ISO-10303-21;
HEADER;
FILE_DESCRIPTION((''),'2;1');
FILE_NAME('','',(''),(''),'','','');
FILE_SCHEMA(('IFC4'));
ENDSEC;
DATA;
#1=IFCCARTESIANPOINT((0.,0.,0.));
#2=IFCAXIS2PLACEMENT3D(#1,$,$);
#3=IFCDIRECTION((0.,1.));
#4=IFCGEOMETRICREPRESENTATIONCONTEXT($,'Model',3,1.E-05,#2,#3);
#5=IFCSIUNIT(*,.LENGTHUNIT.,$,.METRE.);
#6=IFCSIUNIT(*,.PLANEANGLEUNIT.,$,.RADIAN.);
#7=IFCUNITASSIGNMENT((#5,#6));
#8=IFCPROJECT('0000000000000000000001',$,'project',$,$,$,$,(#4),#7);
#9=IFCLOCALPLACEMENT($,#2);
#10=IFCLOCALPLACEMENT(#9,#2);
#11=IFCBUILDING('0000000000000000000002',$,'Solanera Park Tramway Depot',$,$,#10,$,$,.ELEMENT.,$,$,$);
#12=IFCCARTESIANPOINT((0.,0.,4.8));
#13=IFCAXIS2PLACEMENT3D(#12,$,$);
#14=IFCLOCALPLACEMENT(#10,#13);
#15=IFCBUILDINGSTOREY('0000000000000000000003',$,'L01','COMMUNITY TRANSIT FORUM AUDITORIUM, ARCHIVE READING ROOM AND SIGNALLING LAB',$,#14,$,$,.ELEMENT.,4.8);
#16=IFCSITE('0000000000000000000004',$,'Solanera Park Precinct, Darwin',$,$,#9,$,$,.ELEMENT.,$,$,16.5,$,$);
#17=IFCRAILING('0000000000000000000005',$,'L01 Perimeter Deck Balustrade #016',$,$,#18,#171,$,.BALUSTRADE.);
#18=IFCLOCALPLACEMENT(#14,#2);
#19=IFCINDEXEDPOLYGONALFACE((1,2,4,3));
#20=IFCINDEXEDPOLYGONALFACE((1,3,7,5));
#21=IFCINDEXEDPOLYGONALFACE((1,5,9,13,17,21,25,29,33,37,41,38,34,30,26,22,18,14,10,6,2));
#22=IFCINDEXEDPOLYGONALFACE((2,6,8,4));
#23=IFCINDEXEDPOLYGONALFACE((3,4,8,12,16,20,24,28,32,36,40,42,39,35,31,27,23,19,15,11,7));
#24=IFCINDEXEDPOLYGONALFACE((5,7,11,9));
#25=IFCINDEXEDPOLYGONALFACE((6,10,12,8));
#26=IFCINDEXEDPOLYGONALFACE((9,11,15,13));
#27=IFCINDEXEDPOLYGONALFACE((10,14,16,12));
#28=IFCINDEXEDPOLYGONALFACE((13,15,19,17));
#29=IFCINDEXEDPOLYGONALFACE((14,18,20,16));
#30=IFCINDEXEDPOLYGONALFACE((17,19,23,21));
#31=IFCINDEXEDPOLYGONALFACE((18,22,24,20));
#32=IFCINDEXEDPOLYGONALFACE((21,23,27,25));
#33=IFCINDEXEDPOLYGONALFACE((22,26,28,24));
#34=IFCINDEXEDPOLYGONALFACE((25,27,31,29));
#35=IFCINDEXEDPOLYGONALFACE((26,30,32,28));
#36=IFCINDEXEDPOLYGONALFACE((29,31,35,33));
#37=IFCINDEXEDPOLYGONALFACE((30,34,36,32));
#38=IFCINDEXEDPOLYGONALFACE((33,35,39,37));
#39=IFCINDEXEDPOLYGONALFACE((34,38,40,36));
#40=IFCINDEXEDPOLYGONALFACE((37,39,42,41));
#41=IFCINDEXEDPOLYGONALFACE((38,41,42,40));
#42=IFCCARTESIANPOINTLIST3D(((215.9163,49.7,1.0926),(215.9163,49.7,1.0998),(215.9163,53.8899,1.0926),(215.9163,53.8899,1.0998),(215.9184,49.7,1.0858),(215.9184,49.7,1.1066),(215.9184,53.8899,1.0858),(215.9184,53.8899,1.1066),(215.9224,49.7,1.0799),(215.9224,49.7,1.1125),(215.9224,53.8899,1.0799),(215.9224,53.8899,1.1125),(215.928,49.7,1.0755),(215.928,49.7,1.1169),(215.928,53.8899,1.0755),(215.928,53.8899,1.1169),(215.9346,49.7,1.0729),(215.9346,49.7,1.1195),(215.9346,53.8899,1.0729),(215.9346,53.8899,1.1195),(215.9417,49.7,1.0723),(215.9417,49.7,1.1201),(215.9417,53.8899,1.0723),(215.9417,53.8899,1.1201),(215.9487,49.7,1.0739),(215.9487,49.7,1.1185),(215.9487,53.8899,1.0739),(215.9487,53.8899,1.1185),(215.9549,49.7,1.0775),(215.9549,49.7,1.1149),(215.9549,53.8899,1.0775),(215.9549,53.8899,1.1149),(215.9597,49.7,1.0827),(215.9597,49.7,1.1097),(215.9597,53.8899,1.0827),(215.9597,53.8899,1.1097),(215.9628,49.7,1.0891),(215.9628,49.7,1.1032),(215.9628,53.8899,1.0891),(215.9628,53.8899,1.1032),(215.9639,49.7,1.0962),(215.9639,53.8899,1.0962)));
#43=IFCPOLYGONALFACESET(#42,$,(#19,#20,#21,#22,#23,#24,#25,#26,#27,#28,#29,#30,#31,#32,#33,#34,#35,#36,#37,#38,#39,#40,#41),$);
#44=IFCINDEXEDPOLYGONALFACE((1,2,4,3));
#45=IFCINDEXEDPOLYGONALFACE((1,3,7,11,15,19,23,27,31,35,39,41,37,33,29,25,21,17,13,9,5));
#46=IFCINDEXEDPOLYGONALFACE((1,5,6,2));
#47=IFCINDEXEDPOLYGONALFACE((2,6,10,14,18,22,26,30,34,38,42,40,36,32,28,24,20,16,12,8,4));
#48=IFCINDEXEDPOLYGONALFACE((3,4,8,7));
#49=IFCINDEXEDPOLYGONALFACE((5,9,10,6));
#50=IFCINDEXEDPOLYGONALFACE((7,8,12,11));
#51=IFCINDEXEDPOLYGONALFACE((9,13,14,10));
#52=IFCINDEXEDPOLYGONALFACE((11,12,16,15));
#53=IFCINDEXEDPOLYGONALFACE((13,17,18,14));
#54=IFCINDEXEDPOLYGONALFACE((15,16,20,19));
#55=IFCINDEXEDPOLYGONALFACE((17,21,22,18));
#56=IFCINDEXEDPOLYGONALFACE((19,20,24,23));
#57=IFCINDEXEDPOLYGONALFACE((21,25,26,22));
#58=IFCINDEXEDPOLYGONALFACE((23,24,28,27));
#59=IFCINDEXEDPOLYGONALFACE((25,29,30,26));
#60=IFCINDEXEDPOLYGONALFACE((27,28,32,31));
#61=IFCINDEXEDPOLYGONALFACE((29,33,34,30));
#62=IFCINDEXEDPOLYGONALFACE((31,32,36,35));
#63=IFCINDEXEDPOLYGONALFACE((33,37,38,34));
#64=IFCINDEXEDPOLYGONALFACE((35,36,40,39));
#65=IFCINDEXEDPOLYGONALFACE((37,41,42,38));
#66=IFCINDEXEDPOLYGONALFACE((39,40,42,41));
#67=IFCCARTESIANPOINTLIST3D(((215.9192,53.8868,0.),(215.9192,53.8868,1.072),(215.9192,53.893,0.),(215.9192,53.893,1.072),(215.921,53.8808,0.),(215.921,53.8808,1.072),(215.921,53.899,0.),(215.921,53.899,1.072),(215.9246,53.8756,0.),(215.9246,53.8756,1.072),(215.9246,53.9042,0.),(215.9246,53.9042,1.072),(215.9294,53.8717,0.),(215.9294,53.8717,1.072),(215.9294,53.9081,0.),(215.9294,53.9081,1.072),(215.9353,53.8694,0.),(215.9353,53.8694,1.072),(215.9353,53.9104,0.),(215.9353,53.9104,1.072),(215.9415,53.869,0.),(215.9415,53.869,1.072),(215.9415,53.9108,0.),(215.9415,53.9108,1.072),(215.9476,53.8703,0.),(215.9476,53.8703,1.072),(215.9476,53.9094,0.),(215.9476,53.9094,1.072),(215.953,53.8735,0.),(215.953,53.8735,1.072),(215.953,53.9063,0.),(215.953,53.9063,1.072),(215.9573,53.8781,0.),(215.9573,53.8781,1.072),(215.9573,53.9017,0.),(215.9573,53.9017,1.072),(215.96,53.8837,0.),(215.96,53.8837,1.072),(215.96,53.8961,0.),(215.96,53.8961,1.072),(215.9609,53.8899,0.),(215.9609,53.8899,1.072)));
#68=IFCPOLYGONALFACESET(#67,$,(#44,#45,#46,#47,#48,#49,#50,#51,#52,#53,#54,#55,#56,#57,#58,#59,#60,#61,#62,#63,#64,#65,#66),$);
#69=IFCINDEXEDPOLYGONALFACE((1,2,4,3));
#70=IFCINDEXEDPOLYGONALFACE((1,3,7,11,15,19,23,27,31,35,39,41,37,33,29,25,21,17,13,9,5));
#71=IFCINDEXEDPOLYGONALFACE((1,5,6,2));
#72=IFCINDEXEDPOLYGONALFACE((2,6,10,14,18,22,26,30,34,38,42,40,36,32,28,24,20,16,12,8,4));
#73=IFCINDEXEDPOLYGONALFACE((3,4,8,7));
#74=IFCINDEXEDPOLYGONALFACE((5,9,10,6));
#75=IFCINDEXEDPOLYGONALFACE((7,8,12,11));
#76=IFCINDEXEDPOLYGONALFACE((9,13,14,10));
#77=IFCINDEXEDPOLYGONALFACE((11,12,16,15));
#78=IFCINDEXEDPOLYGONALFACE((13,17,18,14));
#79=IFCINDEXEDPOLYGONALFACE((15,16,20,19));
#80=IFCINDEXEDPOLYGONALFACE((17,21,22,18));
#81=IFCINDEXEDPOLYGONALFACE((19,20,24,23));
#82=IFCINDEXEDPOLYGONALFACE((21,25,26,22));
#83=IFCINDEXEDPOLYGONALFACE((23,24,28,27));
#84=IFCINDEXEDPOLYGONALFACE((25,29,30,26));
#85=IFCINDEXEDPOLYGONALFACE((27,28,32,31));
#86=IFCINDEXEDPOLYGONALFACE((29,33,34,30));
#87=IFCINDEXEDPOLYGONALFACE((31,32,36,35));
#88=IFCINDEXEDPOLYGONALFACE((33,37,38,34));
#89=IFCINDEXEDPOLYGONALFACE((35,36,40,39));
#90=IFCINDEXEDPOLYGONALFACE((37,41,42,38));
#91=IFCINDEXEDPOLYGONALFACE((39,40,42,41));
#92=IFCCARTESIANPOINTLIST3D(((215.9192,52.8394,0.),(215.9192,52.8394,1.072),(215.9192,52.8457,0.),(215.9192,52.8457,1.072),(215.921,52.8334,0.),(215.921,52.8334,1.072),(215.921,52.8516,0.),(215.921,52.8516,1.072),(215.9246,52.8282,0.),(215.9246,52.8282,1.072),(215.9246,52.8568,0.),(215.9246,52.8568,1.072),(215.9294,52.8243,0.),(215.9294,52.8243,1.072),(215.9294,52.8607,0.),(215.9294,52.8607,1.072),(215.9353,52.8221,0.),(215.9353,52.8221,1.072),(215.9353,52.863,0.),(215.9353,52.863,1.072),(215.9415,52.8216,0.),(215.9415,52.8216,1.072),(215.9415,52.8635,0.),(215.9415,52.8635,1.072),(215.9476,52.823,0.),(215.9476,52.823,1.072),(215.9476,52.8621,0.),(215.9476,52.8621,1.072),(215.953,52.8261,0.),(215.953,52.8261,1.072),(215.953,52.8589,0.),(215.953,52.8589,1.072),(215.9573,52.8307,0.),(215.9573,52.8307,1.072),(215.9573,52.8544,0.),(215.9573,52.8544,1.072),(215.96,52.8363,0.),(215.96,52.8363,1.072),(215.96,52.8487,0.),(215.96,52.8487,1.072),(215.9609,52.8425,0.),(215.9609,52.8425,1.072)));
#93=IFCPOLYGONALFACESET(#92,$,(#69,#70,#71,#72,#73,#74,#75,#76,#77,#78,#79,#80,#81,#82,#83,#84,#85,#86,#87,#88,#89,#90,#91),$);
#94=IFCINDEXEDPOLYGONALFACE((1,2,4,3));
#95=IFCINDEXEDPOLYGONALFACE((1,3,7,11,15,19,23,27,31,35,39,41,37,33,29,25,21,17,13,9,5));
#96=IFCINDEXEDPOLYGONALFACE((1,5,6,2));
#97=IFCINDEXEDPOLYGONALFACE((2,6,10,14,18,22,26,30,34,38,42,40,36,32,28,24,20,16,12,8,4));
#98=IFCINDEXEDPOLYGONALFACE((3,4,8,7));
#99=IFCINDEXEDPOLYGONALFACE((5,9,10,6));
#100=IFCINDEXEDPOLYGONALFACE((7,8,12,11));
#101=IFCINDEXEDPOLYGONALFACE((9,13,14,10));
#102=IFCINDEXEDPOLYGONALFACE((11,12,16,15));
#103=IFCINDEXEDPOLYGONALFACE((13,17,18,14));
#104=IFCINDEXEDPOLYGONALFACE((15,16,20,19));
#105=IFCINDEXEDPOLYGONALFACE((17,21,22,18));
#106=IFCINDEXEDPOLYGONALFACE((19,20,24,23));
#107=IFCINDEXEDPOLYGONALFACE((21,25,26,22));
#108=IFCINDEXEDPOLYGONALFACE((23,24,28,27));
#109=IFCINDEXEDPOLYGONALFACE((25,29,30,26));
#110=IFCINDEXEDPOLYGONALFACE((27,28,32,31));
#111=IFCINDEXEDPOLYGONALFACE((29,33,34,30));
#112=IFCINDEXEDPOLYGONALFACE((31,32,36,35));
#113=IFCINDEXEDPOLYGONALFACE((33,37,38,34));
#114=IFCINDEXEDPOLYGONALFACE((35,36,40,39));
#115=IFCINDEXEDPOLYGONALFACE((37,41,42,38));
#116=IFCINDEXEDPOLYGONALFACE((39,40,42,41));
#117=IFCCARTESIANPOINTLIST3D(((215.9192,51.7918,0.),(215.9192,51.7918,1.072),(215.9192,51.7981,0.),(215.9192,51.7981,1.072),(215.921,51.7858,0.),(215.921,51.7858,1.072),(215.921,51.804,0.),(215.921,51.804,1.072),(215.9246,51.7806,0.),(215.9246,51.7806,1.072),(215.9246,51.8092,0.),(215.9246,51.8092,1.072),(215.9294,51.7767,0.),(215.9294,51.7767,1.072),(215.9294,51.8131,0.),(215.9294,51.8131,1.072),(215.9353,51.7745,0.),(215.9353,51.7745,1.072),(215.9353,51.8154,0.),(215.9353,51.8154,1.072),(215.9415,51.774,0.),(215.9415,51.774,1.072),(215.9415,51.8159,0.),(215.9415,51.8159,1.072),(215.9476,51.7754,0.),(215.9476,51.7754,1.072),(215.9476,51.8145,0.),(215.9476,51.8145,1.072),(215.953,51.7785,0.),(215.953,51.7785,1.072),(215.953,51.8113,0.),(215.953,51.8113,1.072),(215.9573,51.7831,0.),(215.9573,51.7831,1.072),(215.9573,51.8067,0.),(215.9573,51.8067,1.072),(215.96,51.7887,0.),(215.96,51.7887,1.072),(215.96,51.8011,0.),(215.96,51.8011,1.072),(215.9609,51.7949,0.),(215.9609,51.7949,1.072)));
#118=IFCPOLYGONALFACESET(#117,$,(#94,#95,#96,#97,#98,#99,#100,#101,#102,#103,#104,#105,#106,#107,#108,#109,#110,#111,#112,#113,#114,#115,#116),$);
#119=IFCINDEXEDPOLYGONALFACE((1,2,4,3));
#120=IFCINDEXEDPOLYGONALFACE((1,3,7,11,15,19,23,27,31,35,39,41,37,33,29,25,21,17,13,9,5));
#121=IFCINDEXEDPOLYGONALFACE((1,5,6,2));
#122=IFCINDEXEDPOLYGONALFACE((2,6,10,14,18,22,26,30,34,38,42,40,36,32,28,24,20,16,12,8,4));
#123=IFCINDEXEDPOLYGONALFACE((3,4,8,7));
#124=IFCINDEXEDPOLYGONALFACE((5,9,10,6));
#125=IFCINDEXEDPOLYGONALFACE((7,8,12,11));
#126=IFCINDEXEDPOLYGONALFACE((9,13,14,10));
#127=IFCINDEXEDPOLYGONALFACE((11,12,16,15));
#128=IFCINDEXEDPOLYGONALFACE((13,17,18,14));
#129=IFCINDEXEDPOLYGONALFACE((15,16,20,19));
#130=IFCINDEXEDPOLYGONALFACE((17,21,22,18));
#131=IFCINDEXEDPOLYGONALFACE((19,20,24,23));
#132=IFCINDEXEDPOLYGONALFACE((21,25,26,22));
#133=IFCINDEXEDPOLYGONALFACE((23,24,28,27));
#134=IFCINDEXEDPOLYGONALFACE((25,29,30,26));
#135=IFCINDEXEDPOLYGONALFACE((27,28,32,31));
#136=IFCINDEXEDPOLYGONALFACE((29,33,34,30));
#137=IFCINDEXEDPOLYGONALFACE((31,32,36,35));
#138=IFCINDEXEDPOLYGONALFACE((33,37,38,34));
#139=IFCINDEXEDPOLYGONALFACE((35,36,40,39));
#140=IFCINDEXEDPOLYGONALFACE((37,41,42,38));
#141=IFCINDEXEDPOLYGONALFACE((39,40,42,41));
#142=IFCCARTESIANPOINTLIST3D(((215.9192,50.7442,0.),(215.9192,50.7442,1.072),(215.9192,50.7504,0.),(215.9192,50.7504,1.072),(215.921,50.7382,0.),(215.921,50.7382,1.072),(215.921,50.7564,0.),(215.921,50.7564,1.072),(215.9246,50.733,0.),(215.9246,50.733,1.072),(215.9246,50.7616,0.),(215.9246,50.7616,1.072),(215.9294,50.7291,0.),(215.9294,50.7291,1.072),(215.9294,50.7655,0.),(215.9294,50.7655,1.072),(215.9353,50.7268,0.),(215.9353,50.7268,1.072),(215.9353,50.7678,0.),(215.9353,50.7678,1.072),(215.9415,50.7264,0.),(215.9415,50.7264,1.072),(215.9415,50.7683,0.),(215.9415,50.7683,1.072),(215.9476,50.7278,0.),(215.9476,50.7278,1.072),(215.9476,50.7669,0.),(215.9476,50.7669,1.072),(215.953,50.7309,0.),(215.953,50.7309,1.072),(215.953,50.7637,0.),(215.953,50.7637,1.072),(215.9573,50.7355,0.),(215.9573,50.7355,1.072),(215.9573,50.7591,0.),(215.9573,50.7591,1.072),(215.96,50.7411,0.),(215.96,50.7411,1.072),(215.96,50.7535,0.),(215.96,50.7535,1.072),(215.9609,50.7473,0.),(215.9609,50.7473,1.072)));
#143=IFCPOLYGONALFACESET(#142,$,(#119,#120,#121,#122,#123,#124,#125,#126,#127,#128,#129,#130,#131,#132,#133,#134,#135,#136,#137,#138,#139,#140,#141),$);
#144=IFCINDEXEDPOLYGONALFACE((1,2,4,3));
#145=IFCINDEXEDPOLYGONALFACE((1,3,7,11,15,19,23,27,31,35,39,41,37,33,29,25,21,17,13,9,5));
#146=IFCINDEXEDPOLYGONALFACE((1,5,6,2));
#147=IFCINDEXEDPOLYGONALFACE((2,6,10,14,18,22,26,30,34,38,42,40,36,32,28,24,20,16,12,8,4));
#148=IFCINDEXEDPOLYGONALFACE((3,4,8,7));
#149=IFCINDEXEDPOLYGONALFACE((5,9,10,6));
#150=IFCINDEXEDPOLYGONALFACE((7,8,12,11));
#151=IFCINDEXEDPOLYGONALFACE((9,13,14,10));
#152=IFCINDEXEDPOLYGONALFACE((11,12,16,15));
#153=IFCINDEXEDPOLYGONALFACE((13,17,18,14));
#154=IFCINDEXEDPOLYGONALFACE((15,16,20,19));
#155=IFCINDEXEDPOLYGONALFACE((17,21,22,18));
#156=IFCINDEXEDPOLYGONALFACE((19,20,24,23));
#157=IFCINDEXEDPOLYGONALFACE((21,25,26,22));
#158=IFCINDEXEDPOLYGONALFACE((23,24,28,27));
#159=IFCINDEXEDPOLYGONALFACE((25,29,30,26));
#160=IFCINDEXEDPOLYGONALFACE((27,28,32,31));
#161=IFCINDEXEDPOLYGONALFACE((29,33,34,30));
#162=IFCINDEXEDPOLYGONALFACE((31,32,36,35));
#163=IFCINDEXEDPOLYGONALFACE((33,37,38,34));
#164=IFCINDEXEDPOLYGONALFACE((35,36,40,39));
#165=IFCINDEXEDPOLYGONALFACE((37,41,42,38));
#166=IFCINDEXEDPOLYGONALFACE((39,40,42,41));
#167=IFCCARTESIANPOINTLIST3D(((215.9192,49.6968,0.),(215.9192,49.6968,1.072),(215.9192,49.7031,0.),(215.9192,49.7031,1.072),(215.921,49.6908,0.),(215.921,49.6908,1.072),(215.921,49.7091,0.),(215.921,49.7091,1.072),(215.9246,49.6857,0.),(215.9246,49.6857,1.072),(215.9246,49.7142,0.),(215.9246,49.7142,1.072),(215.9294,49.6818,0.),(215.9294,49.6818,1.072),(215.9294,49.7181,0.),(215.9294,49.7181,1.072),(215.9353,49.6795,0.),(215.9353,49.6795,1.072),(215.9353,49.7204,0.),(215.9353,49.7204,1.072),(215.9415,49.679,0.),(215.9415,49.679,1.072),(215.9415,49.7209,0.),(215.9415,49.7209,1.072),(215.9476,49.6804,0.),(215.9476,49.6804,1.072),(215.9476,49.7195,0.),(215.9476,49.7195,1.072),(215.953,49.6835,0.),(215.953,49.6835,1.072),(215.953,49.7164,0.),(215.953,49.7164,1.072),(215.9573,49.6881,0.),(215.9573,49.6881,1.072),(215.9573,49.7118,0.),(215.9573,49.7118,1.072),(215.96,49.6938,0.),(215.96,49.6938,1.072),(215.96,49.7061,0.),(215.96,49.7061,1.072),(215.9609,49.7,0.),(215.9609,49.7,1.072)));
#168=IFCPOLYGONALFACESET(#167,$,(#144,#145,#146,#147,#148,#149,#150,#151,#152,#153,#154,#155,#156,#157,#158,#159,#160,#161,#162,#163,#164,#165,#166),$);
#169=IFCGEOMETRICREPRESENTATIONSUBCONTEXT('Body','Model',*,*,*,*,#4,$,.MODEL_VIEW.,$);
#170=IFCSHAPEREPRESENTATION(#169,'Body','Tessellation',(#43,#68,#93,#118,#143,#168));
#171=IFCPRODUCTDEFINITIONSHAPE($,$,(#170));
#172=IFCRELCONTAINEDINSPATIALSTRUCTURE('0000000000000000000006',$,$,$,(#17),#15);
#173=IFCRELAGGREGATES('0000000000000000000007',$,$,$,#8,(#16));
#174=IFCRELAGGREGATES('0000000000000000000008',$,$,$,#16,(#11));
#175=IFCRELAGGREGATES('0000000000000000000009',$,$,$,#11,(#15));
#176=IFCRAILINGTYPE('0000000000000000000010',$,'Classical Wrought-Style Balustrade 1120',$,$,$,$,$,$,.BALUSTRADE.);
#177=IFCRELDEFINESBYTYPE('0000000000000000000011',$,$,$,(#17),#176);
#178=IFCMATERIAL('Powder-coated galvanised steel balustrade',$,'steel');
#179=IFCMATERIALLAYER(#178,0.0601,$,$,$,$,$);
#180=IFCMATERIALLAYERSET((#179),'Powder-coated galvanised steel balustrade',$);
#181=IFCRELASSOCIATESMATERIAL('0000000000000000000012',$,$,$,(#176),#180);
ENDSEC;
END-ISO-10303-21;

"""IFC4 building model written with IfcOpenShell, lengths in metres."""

from ifc_helpers import new_model, si_unit, direction, frame, origin, origin_2d, place, context, subcontext, project, spatial, circle, extrude, material, layer, layer_set, type_object, element, save


model = new_model("IFC4")

# Units and contexts
model_context = context("Model", 3, precision=1e-05, world=origin(), true_north=direction((0.0, 1.0)))
body_context = subcontext(model_context, "Body", "Model", "MODEL_VIEW")
ifc_project = project(units=[si_unit("LENGTHUNIT", "METRE"), si_unit("PLANEANGLEUNIT", "RADIAN")], contexts=[model_context])

# Site, building, storey
site_placement = place(None, origin())
site = spatial("IfcSite", under=ifc_project, at=site_placement, Name="Solanera Park Precinct, Darwin", CompositionType="ELEMENT", RefElevation=16.5)
building_placement = place(site_placement, origin())
building = spatial("IfcBuilding", under=site, at=building_placement, Name="Solanera Park Tramway Depot", CompositionType="ELEMENT")
storey_placement = place(building_placement, frame((0.0, 0.0, 4.8)))
storey = spatial("IfcBuildingStorey", under=building, at=storey_placement, Name="L01", Description="COMMUNITY TRANSIT FORUM AUDITORIUM, ARCHIVE READING ROOM AND SIGNALLING LAB", CompositionType="ELEMENT", Elevation=4.8)

# Railing
ifc_material_1 = material(Name="Powder-coated galvanised steel balustrade", Category="steel")
ifc_layer_1 = layer(ifc_material_1, 0.0601)
ifc_layer_set_1 = layer_set([ifc_layer_1], Name="Powder-coated galvanised steel balustrade")
railing_type = type_object("IfcRailingType", Name="Classical Wrought-Style Balustrade 1120", PredefinedType="BALUSTRADE", material=ifc_layer_set_1)
railing_1_placement = place(storey_placement, frame((215.9399, 53.8899, 0.0)))
element("IfcRailing", 1, at=railing_1_placement, inside=storey, type_object=railing_type, Name="L01 Perimeter Deck Balustrade #016", PredefinedType="BALUSTRADE", context=body_context, shape_type="SweptSolid", body=[
    extrude(circle(Radius=0.0239, at=origin_2d()), frame((0.0, 0.0, 1.0962), z_axis=(0.0, -1.0, 0.0), x_axis=(1.0, 0.0, 0.0)), (0.0, 0.0, 1.0), 4.1899),
    extrude(circle(Radius=0.021, at=origin_2d()), origin(), (0.0, 0.0, 1.0), 1.072),
    extrude(circle(Radius=0.021, at=origin_2d()), frame((0.0, -1.0474, 0.0)), (0.0, 0.0, 1.0), 1.072),
    extrude(circle(Radius=0.021, at=origin_2d()), frame((0.0, -2.095, 0.0)), (0.0, 0.0, 1.0), 1.072),
    extrude(circle(Radius=0.021, at=origin_2d()), frame((0.0, -3.1426, 0.0)), (0.0, 0.0, 1.0), 1.072),
    extrude(circle(Radius=0.021, at=origin_2d()), frame((0.0, -4.1899, 0.0)), (0.0, 0.0, 1.0), 1.072),
])

save(model, "model.ifc")
